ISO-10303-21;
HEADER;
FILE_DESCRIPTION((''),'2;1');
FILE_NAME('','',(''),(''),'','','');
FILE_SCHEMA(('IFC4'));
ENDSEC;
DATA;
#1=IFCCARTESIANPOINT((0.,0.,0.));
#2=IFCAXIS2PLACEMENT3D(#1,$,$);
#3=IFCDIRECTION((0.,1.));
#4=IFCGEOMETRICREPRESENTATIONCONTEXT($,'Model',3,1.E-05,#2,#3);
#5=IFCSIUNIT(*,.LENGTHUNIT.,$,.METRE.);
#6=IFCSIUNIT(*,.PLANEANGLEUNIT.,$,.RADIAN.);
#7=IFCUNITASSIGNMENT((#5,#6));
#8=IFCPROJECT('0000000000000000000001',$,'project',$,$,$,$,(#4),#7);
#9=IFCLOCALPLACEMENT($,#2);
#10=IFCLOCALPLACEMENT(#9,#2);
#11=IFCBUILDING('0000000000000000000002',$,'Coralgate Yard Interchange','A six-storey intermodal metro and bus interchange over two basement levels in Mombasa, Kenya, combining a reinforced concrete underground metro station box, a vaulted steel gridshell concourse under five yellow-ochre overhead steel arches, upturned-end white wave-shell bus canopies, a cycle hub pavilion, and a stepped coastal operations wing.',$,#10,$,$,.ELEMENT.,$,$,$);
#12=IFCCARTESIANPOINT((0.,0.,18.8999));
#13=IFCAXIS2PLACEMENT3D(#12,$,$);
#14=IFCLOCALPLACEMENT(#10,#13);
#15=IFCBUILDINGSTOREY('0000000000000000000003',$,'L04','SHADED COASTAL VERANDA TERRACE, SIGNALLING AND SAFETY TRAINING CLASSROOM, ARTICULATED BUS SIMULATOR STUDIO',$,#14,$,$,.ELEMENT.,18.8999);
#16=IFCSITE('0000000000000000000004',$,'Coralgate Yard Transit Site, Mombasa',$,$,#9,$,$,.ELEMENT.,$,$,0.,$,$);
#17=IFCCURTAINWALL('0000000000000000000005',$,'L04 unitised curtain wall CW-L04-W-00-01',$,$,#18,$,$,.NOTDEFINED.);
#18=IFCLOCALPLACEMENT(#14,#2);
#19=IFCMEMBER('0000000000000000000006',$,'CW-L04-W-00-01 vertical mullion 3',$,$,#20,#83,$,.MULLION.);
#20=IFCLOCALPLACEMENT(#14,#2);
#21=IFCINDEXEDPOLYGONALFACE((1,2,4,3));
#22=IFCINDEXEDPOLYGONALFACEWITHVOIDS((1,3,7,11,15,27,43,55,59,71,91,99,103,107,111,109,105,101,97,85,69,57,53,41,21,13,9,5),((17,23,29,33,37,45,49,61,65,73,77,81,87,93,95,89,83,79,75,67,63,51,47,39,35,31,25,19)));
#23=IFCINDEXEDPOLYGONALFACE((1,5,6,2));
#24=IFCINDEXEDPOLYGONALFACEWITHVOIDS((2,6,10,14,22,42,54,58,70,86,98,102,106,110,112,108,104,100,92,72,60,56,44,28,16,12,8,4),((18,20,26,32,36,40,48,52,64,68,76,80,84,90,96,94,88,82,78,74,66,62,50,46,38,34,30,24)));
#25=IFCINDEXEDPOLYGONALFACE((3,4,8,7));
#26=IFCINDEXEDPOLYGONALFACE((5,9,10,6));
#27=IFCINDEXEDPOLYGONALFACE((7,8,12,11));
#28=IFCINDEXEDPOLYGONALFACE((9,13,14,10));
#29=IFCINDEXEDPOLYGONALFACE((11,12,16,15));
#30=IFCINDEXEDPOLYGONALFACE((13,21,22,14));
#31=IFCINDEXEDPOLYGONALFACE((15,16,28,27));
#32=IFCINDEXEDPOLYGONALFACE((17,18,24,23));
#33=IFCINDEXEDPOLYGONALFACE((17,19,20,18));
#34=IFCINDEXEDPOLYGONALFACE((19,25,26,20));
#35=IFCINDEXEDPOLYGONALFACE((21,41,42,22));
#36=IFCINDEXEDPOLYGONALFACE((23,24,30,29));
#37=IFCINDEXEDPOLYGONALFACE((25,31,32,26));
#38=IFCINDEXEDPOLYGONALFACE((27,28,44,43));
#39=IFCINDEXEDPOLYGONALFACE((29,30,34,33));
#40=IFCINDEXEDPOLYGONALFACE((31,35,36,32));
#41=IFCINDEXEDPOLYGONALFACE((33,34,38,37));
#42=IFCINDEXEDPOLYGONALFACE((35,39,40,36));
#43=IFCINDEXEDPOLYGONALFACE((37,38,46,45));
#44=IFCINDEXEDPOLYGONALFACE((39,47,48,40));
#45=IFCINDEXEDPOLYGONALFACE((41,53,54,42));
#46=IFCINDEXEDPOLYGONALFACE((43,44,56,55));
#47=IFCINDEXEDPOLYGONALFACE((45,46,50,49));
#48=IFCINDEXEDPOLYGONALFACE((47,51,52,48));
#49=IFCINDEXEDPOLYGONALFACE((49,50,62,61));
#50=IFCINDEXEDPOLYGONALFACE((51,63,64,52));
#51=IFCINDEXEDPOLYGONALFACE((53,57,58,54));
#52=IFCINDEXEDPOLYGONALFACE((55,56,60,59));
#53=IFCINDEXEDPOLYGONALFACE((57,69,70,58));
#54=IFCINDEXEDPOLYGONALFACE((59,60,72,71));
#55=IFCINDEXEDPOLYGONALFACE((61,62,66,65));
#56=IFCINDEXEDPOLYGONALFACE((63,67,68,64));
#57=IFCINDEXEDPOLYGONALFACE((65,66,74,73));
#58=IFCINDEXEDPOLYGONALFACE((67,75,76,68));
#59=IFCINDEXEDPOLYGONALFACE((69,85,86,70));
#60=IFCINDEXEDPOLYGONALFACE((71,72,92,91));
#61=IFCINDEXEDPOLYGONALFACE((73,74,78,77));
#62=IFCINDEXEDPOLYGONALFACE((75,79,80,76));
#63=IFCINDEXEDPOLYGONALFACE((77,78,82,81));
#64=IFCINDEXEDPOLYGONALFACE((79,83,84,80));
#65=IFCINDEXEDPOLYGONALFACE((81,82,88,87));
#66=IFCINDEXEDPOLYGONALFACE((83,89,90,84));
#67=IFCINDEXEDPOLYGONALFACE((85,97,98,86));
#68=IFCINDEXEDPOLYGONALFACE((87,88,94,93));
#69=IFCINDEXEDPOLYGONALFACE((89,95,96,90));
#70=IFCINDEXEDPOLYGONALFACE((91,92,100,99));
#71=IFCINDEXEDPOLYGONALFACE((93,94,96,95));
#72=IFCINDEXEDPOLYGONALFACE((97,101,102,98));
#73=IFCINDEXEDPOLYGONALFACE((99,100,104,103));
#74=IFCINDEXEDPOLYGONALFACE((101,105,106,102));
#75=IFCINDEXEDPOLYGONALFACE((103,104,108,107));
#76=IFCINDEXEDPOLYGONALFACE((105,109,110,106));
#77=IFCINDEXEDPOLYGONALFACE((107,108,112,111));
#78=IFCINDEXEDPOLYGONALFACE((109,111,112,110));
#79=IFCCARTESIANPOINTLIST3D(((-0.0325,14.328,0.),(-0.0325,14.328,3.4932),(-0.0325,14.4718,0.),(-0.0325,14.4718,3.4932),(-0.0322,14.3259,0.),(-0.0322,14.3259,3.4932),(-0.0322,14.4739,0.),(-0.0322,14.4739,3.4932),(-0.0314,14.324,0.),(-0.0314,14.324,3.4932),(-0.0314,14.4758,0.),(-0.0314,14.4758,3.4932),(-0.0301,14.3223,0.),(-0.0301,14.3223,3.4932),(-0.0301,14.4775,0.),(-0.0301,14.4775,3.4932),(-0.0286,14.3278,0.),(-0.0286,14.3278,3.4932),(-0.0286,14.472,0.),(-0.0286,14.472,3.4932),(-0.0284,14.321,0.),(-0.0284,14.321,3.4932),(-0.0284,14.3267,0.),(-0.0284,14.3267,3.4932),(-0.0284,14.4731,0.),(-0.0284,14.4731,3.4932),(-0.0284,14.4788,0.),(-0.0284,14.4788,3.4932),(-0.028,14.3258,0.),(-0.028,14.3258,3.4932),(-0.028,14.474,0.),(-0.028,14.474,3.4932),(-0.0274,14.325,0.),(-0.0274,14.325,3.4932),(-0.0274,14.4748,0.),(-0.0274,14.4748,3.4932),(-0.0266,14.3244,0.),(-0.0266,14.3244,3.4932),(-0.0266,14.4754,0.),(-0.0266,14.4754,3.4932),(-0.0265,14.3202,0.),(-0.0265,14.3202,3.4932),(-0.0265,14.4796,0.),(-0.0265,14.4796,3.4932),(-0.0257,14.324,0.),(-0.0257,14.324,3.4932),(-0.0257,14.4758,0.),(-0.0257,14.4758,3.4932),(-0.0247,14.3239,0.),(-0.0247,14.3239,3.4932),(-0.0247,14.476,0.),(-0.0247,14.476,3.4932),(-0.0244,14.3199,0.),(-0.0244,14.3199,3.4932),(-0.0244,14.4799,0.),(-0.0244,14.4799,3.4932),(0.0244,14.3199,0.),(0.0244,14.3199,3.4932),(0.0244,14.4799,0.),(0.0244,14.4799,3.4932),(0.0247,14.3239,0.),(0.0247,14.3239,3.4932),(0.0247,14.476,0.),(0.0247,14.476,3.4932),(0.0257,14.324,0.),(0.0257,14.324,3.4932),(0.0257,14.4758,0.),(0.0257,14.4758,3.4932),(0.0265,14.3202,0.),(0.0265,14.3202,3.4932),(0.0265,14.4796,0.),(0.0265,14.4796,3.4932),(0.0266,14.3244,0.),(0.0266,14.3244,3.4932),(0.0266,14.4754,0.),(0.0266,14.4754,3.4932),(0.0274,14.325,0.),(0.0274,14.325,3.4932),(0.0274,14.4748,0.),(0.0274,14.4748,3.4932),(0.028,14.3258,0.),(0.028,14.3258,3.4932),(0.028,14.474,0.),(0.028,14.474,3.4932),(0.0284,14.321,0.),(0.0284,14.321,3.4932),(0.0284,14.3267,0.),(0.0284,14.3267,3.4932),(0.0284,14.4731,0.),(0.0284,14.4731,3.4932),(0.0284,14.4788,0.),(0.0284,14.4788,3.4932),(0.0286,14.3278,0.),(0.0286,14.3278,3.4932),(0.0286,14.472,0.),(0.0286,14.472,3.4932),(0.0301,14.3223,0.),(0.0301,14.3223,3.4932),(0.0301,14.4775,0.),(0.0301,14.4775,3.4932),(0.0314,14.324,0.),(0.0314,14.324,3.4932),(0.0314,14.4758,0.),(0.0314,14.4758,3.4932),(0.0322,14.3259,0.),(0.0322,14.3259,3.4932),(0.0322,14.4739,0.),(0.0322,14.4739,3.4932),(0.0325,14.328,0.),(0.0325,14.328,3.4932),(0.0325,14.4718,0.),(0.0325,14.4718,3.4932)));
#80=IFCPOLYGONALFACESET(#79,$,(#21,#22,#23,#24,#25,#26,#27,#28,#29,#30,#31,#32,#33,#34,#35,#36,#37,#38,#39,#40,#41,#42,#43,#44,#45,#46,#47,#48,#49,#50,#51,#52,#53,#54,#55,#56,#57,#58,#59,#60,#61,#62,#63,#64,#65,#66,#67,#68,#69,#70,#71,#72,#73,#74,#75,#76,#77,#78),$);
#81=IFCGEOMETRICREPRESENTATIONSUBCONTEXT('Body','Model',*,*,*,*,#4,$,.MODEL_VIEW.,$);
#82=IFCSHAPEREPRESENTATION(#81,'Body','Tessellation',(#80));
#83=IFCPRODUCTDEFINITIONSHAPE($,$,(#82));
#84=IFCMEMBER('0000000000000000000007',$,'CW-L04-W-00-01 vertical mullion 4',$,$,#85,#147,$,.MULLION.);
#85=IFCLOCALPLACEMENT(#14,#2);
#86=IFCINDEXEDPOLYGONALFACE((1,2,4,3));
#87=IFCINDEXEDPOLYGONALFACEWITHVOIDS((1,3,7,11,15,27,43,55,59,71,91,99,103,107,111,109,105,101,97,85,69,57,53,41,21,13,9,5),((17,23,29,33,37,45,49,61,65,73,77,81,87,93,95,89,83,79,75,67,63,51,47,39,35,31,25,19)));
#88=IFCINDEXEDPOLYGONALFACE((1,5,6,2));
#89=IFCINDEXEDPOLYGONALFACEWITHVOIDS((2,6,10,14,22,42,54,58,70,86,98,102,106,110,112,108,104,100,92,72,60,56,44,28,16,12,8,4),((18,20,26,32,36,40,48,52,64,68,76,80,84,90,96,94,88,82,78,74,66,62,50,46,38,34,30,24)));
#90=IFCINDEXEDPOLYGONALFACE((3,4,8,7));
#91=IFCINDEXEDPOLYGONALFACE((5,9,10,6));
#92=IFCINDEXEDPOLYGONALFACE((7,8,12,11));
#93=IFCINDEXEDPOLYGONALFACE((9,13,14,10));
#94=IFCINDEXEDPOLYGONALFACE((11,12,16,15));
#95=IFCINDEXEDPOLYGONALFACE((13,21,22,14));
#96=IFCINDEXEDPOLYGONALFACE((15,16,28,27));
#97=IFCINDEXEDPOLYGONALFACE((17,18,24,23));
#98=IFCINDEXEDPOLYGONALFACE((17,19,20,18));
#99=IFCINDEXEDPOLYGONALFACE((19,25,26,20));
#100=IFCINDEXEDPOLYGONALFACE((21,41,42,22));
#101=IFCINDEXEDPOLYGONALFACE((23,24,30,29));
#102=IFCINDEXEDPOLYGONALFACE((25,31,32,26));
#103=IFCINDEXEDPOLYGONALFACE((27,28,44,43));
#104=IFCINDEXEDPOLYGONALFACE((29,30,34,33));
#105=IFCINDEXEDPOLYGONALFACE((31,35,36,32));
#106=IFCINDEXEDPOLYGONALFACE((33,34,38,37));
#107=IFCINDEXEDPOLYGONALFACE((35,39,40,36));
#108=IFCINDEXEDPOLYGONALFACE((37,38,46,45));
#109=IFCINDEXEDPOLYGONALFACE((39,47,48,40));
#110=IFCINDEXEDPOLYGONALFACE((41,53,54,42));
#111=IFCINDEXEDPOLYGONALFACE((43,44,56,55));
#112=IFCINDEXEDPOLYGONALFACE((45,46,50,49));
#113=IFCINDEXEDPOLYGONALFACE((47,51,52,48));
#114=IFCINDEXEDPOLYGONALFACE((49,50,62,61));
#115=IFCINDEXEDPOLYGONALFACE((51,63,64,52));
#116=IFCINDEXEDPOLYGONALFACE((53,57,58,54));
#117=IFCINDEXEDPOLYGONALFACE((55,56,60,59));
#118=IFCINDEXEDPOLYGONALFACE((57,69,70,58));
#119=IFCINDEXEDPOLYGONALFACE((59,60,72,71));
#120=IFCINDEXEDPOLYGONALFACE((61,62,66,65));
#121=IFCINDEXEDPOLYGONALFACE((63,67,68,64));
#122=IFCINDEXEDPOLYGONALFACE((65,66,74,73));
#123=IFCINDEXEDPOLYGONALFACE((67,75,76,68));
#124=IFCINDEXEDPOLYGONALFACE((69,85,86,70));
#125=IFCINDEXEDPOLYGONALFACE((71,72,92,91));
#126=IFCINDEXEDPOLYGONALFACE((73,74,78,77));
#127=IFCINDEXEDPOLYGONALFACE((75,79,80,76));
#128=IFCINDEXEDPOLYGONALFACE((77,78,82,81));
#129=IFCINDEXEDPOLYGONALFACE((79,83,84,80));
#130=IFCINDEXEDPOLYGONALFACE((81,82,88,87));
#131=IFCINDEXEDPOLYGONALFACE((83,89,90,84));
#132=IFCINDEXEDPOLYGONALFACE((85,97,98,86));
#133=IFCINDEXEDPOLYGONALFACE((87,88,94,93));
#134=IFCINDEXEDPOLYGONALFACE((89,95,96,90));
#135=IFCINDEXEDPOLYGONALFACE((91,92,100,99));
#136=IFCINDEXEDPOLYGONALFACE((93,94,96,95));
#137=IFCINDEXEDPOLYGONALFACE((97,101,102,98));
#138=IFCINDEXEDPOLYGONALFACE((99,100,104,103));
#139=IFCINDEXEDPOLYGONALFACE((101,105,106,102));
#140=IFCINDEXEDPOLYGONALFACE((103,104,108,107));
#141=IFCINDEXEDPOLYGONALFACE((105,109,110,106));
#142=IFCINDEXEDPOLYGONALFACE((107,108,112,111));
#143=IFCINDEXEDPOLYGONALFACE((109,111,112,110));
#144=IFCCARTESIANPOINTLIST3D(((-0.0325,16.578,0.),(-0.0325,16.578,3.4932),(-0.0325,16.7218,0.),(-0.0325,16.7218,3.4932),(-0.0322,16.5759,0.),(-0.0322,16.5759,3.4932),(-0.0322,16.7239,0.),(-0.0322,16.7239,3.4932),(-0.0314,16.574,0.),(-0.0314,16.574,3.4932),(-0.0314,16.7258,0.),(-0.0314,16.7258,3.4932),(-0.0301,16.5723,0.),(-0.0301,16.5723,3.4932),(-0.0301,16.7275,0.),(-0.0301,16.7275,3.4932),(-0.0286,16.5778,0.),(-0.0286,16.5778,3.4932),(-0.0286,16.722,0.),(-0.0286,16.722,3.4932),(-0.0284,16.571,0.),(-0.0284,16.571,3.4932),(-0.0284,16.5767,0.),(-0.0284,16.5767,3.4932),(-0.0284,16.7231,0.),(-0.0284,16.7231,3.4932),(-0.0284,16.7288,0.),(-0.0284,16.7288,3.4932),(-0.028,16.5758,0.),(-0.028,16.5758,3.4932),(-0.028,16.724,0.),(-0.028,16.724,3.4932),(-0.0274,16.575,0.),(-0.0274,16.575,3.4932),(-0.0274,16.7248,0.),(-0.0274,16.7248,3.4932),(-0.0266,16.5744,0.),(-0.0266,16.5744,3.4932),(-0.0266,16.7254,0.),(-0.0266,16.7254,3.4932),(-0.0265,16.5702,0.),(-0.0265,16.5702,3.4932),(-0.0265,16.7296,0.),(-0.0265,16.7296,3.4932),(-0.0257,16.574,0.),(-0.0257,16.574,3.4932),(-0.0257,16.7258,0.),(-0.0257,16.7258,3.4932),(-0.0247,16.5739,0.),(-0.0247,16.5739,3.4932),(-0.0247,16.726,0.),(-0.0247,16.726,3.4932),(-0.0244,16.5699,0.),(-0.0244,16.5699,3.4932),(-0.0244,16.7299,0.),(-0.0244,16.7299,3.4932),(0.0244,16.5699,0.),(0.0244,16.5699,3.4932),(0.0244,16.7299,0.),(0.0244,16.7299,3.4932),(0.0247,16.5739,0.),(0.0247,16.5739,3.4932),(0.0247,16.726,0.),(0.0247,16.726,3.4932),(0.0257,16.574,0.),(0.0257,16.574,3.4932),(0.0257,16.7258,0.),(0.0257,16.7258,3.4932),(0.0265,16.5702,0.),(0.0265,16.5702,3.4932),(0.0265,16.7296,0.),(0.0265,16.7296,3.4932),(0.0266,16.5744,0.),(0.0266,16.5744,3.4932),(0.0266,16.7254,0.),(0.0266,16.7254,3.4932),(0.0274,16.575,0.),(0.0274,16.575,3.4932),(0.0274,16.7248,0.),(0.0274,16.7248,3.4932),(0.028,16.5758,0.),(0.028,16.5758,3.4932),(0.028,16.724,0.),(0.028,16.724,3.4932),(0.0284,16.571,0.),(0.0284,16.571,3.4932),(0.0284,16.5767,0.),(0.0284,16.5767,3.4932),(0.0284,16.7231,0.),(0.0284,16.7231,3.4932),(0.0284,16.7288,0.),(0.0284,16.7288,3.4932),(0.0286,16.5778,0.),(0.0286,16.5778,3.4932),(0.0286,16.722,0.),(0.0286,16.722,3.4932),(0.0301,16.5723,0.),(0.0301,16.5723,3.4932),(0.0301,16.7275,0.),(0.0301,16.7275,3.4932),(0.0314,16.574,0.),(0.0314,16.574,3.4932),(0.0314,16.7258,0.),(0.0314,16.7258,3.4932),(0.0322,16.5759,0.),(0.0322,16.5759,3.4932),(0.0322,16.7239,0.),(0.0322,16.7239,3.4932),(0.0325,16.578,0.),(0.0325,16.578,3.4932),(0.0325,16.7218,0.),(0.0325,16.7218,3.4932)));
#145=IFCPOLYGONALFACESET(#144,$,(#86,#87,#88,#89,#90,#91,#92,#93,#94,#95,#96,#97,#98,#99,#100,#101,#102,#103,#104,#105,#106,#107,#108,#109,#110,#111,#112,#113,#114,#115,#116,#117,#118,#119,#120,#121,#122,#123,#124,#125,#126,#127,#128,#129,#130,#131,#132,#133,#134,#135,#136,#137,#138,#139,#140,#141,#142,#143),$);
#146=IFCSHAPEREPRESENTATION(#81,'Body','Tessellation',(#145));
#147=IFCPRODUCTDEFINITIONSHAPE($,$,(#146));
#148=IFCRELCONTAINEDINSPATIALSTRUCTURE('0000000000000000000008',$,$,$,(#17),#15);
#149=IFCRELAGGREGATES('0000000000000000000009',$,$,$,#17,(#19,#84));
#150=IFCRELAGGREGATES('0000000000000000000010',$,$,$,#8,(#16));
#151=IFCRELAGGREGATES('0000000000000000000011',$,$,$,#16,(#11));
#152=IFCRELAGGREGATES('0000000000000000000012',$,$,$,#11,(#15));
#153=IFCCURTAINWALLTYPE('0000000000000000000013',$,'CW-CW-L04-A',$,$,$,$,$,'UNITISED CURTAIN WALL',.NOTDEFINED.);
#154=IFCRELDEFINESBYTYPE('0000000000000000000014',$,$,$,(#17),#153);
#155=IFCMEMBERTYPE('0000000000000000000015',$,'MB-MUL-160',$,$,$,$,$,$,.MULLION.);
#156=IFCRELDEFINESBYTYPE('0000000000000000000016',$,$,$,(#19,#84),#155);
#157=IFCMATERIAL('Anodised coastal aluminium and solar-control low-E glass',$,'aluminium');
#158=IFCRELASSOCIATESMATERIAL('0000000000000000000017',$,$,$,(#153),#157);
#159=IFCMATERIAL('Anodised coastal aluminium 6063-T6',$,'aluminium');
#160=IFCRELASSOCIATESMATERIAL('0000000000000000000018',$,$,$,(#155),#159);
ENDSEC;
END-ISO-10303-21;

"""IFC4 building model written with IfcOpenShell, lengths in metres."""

from ifc_helpers import new_model, si_unit, direction, frame, origin, origin_2d, place, context, subcontext, project, spatial, hollow_rectangle, extrude, material, material_profile, profile_set, type_object, element, aggregate, save


model = new_model("IFC4")

# Units and contexts
model_context = context("Model", 3, precision=1e-05, world=origin(), true_north=direction((0.0, 1.0)))
body_context = subcontext(model_context, "Body", "Model", "MODEL_VIEW")
ifc_project = project(units=[si_unit("LENGTHUNIT", "METRE"), si_unit("PLANEANGLEUNIT", "RADIAN")], contexts=[model_context])

# Site, building, storey
site_placement = place(None, origin())
site = spatial("IfcSite", under=ifc_project, at=site_placement, Name="Coralgate Yard Transit Site, Mombasa", CompositionType="ELEMENT", RefElevation=0.0)
building_placement = place(site_placement, origin())
building = spatial("IfcBuilding", under=site, at=building_placement, Name="Coralgate Yard Interchange", Description="A six-storey intermodal metro and bus interchange over two basement levels in Mombasa, Kenya, combining a reinforced concrete underground metro station box, a vaulted steel gridshell concourse under five yellow-ochre overhead steel arches, upturned-end white wave-shell bus canopies, a cycle hub pavilion, and a stepped coastal operations wing.", CompositionType="ELEMENT")
storey_placement = place(building_placement, frame((0.0, 0.0, 18.8999)))
storey = spatial("IfcBuildingStorey", under=building, at=storey_placement, Name="L04", Description="SHADED COASTAL VERANDA TERRACE, SIGNALLING AND SAFETY TRAINING CLASSROOM, ARTICULATED BUS SIMULATOR STUDIO", CompositionType="ELEMENT", Elevation=18.8999)

# Curtain wall, members
ifc_material_1 = material(Name="Anodised coastal aluminium and solar-control low-E glass", Category="aluminium")
curtain_wall_type = type_object("IfcCurtainWallType", Name="CW-CW-L04-A", ElementType="UNITISED CURTAIN WALL", PredefinedType="NOTDEFINED", material=ifc_material_1)
curtain_wall_placement = place(storey_placement, origin())
curtain_wall = element("IfcCurtainWall", 1, at=curtain_wall_placement, inside=storey, type_object=curtain_wall_type, Name="L04 unitised curtain wall CW-L04-W-00-01", PredefinedType="NOTDEFINED")
ifc_material_2 = material(Name="Anodised coastal aluminium 6063-T6", Category="aluminium")
ifc_material_profile_1 = material_profile(ifc_material_2, hollow_rectangle(XDim=0.0649, YDim=0.1599, WallThickness=0.0039, InnerFilletRadius=0.0039, OuterFilletRadius=0.0081, at=origin_2d()), Name="ALU 65x160x4")
ifc_profile_set_1 = profile_set([ifc_material_profile_1], Name="Anodised coastal aluminium 6063-T6")
member_type_1 = type_object("IfcMemberType", Name="MB-MUL-160", PredefinedType="MULLION", material=ifc_profile_set_1)
member_1_placement = place(storey_placement, frame((0.0, 14.3999, 0.0), z_axis=(0.0, 0.0, 1.0), x_axis=(1.0, 0.0, 0.0)))
member_1 = element("IfcMember", 2, at=member_1_placement, type_object=member_type_1, Name="CW-L04-W-00-01 vertical mullion 3", PredefinedType="MULLION", context=body_context, shape_type="SweptSolid", body=[
    extrude(hollow_rectangle(XDim=0.0649, YDim=0.1599, WallThickness=0.0039, InnerFilletRadius=0.0039, OuterFilletRadius=0.0081, at=origin_2d()), origin(), (0.0, 0.0, 1.0), 3.4932),
])
member_2_placement = place(storey_placement, frame((0.0, 16.6499, 0.0), z_axis=(0.0, 0.0, 1.0), x_axis=(1.0, 0.0, 0.0)))
member_2 = element("IfcMember", 3, at=member_2_placement, type_object=member_type_1, Name="CW-L04-W-00-01 vertical mullion 4", PredefinedType="MULLION", context=body_context, shape_type="SweptSolid", body=[
    extrude(hollow_rectangle(XDim=0.0649, YDim=0.1599, WallThickness=0.0039, InnerFilletRadius=0.0039, OuterFilletRadius=0.0081, at=origin_2d()), origin(), (0.0, 0.0, 1.0), 3.4932),
])
aggregate(curtain_wall, [member_1, member_2])

save(model, "model.ifc")
